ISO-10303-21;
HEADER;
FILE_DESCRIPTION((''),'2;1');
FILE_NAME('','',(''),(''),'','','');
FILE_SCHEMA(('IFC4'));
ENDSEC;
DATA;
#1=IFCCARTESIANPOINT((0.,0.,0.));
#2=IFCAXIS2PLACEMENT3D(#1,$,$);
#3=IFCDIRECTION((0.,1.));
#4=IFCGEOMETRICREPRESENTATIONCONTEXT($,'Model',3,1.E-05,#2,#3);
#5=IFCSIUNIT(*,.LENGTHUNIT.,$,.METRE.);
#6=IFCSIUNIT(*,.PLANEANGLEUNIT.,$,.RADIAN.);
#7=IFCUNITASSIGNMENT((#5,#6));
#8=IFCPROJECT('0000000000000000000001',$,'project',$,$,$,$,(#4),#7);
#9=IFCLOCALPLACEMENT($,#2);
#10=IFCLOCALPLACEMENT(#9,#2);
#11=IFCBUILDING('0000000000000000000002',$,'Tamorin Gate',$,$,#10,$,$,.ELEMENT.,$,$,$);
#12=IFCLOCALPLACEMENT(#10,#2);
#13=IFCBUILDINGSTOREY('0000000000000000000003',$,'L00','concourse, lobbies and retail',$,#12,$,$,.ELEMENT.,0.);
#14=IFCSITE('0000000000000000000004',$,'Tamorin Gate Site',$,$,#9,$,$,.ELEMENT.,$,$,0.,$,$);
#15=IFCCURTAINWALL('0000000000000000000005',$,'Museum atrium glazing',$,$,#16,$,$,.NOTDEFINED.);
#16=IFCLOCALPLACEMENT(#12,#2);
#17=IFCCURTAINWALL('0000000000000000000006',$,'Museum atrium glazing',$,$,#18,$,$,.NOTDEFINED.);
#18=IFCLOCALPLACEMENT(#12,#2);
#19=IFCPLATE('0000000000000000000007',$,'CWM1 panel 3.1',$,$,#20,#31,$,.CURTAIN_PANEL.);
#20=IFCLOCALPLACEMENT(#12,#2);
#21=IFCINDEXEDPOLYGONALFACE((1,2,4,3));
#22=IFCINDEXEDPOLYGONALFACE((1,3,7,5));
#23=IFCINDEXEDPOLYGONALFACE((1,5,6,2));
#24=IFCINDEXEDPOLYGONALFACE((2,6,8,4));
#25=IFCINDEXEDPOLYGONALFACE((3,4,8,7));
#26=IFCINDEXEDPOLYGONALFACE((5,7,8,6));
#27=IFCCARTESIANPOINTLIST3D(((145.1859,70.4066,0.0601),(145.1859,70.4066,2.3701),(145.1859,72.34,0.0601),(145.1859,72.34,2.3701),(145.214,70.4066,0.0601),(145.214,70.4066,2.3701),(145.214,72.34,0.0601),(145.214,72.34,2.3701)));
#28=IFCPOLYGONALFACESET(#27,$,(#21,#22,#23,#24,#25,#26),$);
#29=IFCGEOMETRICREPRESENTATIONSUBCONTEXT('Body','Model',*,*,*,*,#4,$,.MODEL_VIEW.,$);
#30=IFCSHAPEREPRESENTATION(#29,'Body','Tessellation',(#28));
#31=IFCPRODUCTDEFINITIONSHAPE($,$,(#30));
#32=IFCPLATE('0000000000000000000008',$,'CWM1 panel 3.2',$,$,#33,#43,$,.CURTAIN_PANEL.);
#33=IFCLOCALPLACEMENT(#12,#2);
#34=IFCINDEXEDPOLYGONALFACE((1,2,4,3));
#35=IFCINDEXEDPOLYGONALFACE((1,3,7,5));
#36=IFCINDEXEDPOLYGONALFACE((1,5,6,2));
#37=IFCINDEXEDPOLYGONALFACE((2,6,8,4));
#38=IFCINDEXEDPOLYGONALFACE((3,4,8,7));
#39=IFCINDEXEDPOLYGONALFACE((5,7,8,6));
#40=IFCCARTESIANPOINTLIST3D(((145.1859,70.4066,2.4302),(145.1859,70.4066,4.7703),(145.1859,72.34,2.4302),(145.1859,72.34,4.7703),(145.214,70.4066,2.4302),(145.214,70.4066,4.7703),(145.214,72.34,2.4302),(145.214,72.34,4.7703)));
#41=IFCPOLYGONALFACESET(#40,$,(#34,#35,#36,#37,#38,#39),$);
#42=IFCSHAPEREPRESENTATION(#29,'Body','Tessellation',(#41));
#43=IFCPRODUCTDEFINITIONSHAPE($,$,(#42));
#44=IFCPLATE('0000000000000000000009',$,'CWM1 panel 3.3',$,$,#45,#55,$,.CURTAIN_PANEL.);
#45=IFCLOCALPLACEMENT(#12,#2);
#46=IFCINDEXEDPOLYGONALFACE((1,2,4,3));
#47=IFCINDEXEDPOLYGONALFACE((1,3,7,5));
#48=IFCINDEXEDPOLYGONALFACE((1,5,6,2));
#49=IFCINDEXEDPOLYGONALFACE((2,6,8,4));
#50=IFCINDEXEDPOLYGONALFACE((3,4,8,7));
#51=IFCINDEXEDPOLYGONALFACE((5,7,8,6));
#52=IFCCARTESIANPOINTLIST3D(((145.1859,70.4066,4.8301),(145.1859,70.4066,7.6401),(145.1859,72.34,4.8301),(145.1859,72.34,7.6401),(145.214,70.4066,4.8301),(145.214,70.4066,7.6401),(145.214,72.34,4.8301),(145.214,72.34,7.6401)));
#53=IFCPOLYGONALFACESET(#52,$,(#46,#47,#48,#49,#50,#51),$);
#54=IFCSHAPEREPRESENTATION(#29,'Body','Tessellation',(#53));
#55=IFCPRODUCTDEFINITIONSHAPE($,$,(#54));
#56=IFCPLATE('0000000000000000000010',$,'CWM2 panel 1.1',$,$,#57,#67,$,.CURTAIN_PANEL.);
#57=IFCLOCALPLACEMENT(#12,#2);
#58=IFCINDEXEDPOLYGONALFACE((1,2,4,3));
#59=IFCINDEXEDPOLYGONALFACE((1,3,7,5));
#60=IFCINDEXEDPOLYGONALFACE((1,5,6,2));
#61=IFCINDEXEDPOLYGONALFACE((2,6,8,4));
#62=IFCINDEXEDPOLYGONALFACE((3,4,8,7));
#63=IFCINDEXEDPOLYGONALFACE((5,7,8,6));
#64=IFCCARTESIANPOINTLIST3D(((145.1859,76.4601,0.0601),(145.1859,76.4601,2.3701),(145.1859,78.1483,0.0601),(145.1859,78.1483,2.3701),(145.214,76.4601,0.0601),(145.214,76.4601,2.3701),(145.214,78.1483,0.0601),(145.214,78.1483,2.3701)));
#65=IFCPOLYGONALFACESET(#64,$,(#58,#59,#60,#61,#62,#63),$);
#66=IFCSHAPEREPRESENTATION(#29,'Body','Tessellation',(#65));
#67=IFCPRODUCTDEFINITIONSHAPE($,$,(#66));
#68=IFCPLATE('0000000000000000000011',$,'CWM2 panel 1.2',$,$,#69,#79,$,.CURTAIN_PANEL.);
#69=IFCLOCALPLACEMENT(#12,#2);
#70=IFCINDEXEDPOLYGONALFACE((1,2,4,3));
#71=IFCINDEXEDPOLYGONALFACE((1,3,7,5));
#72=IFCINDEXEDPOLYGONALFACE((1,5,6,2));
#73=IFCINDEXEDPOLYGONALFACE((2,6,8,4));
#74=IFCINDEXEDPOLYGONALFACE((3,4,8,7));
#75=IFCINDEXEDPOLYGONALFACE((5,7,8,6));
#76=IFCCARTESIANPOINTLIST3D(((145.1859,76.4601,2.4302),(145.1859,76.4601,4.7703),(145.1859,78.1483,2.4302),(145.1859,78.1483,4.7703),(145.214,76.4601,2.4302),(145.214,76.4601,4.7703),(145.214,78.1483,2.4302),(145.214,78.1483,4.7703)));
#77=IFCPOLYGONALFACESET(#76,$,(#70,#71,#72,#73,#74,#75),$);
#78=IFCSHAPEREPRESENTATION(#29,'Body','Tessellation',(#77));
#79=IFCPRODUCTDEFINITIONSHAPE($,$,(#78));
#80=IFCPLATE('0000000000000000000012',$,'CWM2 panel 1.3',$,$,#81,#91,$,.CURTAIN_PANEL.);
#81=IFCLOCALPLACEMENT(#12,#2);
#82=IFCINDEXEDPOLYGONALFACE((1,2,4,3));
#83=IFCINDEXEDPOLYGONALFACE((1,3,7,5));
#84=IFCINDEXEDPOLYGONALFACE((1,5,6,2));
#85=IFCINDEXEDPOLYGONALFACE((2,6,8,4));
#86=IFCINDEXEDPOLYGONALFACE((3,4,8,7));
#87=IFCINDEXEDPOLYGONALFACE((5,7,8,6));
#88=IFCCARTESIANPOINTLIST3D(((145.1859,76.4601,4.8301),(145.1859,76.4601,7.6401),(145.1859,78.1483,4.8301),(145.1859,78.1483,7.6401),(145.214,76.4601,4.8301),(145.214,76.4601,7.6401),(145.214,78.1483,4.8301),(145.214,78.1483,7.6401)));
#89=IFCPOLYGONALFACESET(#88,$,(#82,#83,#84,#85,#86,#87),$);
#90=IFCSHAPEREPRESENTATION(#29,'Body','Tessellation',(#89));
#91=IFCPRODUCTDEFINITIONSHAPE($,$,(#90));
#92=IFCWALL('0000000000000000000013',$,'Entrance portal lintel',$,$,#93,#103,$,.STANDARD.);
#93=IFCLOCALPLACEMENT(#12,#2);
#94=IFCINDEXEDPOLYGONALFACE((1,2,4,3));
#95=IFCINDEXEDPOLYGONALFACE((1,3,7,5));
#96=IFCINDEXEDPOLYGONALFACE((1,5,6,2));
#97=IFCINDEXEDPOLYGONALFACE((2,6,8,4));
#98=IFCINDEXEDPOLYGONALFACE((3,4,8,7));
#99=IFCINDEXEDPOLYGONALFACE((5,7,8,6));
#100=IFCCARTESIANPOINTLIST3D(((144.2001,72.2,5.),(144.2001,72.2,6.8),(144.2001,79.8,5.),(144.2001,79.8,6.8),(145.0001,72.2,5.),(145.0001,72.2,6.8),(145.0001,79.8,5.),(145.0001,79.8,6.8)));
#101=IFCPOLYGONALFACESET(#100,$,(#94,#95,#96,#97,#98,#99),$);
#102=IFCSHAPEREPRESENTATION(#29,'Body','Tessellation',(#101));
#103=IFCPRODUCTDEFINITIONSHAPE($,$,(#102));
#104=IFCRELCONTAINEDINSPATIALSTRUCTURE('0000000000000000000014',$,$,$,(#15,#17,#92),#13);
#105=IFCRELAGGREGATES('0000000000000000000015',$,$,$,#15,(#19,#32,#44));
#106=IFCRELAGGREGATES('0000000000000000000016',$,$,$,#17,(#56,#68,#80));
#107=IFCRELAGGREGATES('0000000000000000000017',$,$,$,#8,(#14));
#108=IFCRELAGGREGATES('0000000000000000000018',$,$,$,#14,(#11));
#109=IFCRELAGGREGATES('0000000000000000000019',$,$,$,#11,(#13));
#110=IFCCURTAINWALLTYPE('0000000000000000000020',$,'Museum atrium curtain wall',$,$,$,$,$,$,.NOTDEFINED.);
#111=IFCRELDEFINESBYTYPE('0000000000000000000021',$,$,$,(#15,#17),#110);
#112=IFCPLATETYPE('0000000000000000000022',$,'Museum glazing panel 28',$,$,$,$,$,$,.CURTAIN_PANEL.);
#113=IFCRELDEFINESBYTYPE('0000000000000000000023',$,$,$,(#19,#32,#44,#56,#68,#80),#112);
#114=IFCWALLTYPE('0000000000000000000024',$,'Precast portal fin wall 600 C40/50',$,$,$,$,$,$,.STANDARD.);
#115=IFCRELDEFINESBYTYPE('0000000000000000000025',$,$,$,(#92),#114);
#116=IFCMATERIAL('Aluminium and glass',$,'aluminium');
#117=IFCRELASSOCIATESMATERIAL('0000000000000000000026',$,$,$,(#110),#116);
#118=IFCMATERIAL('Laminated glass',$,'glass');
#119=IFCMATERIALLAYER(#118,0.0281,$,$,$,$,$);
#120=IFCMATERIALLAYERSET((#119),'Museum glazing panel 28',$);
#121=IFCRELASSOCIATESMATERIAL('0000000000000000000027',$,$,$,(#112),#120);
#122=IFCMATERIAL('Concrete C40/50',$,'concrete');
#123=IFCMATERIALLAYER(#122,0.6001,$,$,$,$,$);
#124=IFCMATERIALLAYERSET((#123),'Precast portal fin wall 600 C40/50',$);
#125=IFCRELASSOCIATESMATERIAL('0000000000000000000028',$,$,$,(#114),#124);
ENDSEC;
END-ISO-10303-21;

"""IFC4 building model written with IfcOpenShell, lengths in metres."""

from ifc_helpers import new_model, si_unit, direction, frame, frame_2d, origin, origin_2d, place, context, subcontext, project, spatial, rectangle, extrude, material, layer, layer_set, type_object, element, aggregate, save


model = new_model("IFC4")

# Units and contexts
model_context = context("Model", 3, precision=1e-05, world=origin(), true_north=direction((0.0, 1.0)))
body_context = subcontext(model_context, "Body", "Model", "MODEL_VIEW")
ifc_project = project(units=[si_unit("LENGTHUNIT", "METRE"), si_unit("PLANEANGLEUNIT", "RADIAN")], contexts=[model_context])

# Site, building, storey
site_placement = place(None, origin())
site = spatial("IfcSite", under=ifc_project, at=site_placement, Name="Tamorin Gate Site", CompositionType="ELEMENT", RefElevation=0.0)
building_placement = place(site_placement, origin())
building = spatial("IfcBuilding", under=site, at=building_placement, Name="Tamorin Gate", CompositionType="ELEMENT")
storey_placement = place(building_placement, origin())
storey = spatial("IfcBuildingStorey", under=building, at=storey_placement, Name="L00", Description="concourse, lobbies and retail", CompositionType="ELEMENT", Elevation=0.0)

# Shared definitions
ifc_material_1 = material(Name="Concrete C40/50", Category="concrete")

# Curtain wall
ifc_material_2 = material(Name="Aluminium and glass", Category="aluminium")
curtain_wall_type = type_object("IfcCurtainWallType", Name="Museum atrium curtain wall", PredefinedType="NOTDEFINED", material=ifc_material_2)
curtain_wall_1_placement = place(storey_placement, origin())
curtain_wall_1 = element("IfcCurtainWall", 1, at=curtain_wall_1_placement, inside=storey, type_object=curtain_wall_type, Name="Museum atrium glazing", PredefinedType="NOTDEFINED")

# Curtain wall
curtain_wall_2_placement = place(storey_placement, origin())
curtain_wall_2 = element("IfcCurtainWall", 2, at=curtain_wall_2_placement, inside=storey, type_object=curtain_wall_type, Name="Museum atrium glazing", PredefinedType="NOTDEFINED")

# Plates
ifc_material_3 = material(Name="Laminated glass", Category="glass")
ifc_layer_1 = layer(ifc_material_3, 0.0281)
ifc_layer_set_1 = layer_set([ifc_layer_1], Name="Museum glazing panel 28")
plate_type = type_object("IfcPlateType", Name="Museum glazing panel 28", PredefinedType="CURTAIN_PANEL", material=ifc_layer_set_1)
plate_1_placement = place(storey_placement, frame((145.2, 71.3733, 0.0601), z_axis=(0.0, 0.0, 1.0), x_axis=(0.0, 1.0, 0.0)))
plate_1 = element("IfcPlate", 3, at=plate_1_placement, type_object=plate_type, Name="CWM1 panel 3.1", PredefinedType="CURTAIN_PANEL", context=body_context, shape_type="SweptSolid", body=[
    extrude(rectangle(XDim=1.9333, YDim=0.0281, at=origin_2d()), origin(), (0.0, 0.0, 1.0), 2.3101),
])
plate_2_placement = place(storey_placement, frame((145.2, 71.3733, 2.4302), z_axis=(0.0, 0.0, 1.0), x_axis=(0.0, 1.0, 0.0)))
plate_2 = element("IfcPlate", 4, at=plate_2_placement, type_object=plate_type, Name="CWM1 panel 3.2", PredefinedType="CURTAIN_PANEL", context=body_context, shape_type="SweptSolid", body=[
    extrude(rectangle(XDim=1.9333, YDim=0.0281, at=origin_2d()), origin(), (0.0, 0.0, 1.0), 2.3401),
])
plate_3_placement = place(storey_placement, frame((145.2, 71.3733, 4.8301), z_axis=(0.0, 0.0, 1.0), x_axis=(0.0, 1.0, 0.0)))
plate_3 = element("IfcPlate", 5, at=plate_3_placement, type_object=plate_type, Name="CWM1 panel 3.3", PredefinedType="CURTAIN_PANEL", context=body_context, shape_type="SweptSolid", body=[
    extrude(rectangle(XDim=1.9333, YDim=0.0281, at=origin_2d()), origin(), (0.0, 0.0, 1.0), 2.8101),
])
aggregate(curtain_wall_1, [plate_1, plate_2, plate_3])
plate_4_placement = place(storey_placement, frame((145.2, 77.3042, 0.0601), z_axis=(0.0, 0.0, 1.0), x_axis=(0.0, 1.0, 0.0)))
plate_4 = element("IfcPlate", 6, at=plate_4_placement, type_object=plate_type, Name="CWM2 panel 1.1", PredefinedType="CURTAIN_PANEL", context=body_context, shape_type="SweptSolid", body=[
    extrude(rectangle(XDim=1.6882, YDim=0.0281, at=origin_2d()), origin(), (0.0, 0.0, 1.0), 2.3101),
])
plate_5_placement = place(storey_placement, frame((145.2, 77.3042, 2.4302), z_axis=(0.0, 0.0, 1.0), x_axis=(0.0, 1.0, 0.0)))
plate_5 = element("IfcPlate", 7, at=plate_5_placement, type_object=plate_type, Name="CWM2 panel 1.2", PredefinedType="CURTAIN_PANEL", context=body_context, shape_type="SweptSolid", body=[
    extrude(rectangle(XDim=1.6882, YDim=0.0281, at=origin_2d()), origin(), (0.0, 0.0, 1.0), 2.3401),
])
plate_6_placement = place(storey_placement, frame((145.2, 77.3042, 4.8301), z_axis=(0.0, 0.0, 1.0), x_axis=(0.0, 1.0, 0.0)))
plate_6 = element("IfcPlate", 8, at=plate_6_placement, type_object=plate_type, Name="CWM2 panel 1.3", PredefinedType="CURTAIN_PANEL", context=body_context, shape_type="SweptSolid", body=[
    extrude(rectangle(XDim=1.6882, YDim=0.0281, at=origin_2d()), origin(), (0.0, 0.0, 1.0), 2.8101),
])
aggregate(curtain_wall_2, [plate_4, plate_5, plate_6])

# Wall
ifc_layer_2 = layer(ifc_material_1, 0.6001)
ifc_layer_set_2 = layer_set([ifc_layer_2], Name="Precast portal fin wall 600 C40/50")
wall_type_1 = type_object("IfcWallType", Name="Precast portal fin wall 600 C40/50", PredefinedType="STANDARD", material=ifc_layer_set_2)
wall_1_placement = place(storey_placement, frame((144.6001, 72.2, 5.0), z_axis=(0.0, 0.0, 1.0), x_axis=(0.0, 1.0, 0.0)))
element("IfcWall", 9, at=wall_1_placement, inside=storey, type_object=wall_type_1, Name="Entrance portal lintel", PredefinedType="STANDARD", context=body_context, shape_type="SweptSolid", body=[
    extrude(rectangle(XDim=7.6001, YDim=0.8, at=frame_2d((3.8, 0.0))), origin(), (0.0, 0.0, 1.0), 1.8),
])

save(model, "model.ifc")
